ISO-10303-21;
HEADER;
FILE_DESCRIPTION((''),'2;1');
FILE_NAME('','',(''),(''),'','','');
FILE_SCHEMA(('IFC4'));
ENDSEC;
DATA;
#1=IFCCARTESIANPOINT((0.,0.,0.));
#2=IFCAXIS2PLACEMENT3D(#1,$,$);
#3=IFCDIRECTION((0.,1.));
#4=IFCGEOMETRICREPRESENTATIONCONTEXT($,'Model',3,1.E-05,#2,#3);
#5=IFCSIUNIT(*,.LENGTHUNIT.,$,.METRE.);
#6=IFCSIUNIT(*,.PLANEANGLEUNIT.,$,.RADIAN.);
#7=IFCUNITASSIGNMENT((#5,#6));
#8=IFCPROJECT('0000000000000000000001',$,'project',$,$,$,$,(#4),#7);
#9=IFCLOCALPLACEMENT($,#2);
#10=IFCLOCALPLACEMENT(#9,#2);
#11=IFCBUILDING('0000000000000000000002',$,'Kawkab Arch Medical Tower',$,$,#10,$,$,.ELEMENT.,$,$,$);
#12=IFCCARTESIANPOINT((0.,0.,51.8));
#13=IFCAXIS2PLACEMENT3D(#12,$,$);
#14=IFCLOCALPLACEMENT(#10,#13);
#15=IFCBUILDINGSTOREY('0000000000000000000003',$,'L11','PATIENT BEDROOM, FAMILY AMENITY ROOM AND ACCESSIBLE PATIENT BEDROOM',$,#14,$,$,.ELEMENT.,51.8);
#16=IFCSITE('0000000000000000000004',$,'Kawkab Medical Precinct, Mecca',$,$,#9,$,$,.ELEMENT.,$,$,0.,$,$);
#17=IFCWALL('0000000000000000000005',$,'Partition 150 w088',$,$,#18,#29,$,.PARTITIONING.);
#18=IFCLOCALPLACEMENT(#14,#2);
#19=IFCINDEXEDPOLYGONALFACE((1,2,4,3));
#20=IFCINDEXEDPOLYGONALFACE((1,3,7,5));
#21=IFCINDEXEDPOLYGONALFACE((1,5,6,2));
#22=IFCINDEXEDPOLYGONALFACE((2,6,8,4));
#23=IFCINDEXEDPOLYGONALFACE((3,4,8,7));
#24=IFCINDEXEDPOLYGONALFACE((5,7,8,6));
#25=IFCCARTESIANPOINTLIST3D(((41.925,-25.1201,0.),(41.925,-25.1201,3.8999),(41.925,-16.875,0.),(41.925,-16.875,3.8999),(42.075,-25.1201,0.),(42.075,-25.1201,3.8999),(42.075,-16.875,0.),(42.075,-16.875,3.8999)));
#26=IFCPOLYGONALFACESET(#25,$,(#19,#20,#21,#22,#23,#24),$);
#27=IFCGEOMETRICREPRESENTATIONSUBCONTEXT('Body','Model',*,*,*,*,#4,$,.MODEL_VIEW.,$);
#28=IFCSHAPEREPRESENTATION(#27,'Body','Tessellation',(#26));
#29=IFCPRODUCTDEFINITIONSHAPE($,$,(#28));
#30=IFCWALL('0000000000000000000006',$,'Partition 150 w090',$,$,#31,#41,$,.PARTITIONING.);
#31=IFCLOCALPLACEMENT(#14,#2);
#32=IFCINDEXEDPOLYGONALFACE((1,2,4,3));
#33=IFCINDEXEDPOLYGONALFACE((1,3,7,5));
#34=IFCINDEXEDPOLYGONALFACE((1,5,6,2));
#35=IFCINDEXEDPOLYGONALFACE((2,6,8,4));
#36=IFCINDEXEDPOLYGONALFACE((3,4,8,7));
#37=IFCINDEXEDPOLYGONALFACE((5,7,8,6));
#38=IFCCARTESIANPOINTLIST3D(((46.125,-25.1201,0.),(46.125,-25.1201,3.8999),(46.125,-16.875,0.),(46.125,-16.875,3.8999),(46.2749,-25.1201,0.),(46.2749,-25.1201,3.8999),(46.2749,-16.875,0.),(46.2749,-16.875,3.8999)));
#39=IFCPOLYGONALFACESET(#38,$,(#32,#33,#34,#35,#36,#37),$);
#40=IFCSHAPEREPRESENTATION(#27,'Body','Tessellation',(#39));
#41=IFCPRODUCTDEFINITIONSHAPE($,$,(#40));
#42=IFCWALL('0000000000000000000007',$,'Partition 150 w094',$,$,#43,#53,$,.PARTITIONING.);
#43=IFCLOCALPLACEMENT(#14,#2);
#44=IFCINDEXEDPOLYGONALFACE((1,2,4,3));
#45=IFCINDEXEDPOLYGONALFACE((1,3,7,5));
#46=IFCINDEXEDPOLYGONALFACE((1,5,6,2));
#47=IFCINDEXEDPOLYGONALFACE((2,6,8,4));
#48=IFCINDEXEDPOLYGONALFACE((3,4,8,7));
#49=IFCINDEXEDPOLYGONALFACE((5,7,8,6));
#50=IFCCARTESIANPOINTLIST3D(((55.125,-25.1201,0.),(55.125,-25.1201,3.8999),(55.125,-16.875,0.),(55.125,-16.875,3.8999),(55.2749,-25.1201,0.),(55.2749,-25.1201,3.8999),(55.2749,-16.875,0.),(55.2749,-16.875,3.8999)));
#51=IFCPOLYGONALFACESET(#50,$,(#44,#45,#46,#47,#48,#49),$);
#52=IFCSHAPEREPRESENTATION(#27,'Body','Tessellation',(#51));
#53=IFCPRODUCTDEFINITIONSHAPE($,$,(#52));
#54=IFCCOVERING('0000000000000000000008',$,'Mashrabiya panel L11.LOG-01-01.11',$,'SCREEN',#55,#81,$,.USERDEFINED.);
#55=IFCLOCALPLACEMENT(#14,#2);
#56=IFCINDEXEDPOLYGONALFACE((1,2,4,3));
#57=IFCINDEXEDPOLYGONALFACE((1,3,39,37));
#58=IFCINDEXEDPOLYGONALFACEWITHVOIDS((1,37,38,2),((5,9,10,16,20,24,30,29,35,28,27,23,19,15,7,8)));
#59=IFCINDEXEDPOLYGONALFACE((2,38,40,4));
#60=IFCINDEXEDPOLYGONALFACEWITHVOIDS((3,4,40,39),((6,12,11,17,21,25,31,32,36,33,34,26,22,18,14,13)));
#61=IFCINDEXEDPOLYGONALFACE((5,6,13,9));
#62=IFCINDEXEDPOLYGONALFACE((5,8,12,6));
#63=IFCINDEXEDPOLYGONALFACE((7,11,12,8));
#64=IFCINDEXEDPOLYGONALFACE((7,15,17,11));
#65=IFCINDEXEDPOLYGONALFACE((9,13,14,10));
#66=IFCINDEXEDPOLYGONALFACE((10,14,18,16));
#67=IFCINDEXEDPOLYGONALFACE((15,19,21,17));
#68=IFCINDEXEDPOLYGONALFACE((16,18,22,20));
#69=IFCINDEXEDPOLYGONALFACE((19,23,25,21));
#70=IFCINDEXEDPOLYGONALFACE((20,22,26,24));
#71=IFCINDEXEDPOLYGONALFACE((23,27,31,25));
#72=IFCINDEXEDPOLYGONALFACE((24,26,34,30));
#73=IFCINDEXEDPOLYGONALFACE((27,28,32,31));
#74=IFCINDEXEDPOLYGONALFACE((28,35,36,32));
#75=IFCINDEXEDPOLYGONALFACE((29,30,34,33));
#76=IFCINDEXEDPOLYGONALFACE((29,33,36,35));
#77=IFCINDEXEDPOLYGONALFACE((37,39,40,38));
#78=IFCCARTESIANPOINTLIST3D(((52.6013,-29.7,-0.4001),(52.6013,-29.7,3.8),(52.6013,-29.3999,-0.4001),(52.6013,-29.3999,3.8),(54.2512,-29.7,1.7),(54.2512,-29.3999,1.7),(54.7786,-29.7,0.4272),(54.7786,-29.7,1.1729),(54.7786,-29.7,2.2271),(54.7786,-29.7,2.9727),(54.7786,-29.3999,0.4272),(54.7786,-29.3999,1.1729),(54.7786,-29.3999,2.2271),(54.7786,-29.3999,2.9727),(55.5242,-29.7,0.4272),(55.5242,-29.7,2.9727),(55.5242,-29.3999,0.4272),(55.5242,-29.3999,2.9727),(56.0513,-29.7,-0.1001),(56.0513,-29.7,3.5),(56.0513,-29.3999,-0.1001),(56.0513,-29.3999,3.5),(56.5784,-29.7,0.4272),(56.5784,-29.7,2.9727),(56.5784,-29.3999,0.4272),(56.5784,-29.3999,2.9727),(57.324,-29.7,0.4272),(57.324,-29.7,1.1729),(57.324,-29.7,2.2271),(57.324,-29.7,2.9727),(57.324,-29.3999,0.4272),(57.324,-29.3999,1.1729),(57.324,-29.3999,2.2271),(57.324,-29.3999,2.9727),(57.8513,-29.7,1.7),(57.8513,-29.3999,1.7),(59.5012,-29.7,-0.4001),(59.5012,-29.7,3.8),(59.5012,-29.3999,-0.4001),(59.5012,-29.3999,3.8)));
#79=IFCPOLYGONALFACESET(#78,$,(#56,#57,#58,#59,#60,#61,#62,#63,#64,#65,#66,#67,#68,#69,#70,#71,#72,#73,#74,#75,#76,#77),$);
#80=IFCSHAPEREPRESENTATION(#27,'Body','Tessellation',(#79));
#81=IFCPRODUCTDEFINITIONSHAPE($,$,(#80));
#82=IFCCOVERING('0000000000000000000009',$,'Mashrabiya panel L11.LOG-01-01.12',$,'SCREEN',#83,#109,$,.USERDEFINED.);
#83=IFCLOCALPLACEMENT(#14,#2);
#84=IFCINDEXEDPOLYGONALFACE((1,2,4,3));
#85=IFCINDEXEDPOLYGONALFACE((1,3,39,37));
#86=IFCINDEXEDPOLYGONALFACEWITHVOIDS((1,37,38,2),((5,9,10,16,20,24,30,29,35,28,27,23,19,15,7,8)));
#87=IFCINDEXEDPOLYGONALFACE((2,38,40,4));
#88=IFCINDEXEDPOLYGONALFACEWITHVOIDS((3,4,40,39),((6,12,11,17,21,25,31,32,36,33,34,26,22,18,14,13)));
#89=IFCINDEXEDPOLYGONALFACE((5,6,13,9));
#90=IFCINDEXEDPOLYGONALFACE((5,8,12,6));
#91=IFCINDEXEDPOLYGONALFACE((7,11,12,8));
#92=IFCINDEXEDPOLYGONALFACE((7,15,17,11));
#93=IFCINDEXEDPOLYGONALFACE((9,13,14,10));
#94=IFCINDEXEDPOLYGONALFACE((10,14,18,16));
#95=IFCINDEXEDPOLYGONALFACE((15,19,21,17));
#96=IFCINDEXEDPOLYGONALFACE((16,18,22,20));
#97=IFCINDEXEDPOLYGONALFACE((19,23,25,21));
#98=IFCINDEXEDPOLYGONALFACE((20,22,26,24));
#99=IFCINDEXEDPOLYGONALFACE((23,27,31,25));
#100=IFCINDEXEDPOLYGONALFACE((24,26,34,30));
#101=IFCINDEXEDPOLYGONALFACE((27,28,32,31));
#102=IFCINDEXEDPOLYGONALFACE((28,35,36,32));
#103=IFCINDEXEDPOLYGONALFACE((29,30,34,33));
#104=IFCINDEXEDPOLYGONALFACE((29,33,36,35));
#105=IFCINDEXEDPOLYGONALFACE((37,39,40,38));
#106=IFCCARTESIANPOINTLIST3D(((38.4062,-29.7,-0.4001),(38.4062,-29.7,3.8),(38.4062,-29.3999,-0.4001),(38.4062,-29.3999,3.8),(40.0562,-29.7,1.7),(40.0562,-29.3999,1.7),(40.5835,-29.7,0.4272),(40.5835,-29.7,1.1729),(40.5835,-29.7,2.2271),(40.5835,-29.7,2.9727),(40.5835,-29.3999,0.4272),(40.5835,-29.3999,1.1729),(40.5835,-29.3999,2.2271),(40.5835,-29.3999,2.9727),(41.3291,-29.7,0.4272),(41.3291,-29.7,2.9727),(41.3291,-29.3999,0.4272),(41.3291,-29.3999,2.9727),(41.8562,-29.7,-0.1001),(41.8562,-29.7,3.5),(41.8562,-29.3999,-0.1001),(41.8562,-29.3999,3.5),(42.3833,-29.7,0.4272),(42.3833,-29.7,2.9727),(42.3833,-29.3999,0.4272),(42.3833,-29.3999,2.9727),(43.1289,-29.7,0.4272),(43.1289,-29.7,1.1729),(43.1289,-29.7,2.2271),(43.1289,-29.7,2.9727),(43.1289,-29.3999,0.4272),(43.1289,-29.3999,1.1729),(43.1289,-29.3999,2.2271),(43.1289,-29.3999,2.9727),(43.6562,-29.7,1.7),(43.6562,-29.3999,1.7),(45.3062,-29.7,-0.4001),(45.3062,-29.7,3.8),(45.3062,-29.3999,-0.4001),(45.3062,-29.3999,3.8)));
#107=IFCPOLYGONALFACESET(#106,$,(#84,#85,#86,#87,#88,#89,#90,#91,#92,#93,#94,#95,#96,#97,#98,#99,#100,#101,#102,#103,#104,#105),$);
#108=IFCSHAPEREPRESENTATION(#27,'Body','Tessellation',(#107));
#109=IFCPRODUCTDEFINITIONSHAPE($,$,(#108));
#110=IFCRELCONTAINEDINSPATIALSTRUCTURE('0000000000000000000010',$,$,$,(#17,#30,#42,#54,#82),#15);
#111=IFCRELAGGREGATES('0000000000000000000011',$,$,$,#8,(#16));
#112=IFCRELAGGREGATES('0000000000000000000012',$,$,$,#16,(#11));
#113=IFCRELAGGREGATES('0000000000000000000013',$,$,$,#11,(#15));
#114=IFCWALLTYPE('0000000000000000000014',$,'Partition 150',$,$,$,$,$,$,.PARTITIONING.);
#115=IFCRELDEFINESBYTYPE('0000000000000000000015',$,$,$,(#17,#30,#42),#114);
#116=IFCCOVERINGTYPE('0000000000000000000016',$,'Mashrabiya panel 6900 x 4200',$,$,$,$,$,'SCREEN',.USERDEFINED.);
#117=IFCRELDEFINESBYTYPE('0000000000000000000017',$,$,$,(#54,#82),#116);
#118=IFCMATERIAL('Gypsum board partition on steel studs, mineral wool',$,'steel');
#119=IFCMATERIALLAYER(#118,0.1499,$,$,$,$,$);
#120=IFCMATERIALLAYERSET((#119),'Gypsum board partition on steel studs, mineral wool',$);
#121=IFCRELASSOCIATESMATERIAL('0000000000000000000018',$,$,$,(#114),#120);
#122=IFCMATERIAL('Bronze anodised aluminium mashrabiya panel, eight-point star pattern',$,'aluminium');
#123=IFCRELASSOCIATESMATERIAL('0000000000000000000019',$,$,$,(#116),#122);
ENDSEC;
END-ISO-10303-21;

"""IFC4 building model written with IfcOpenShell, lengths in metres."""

from ifc_helpers import new_model, si_unit, direction, frame, frame_2d, origin, place, context, subcontext, project, spatial, polyline, rectangle, outline, extrude, material, layer, layer_set, material_profile, profile_set, type_object, element, save


model = new_model("IFC4")

# Units and contexts
model_context = context("Model", 3, precision=1e-05, world=origin(), true_north=direction((0.0, 1.0)))
body_context = subcontext(model_context, "Body", "Model", "MODEL_VIEW")
ifc_project = project(units=[si_unit("LENGTHUNIT", "METRE"), si_unit("PLANEANGLEUNIT", "RADIAN")], contexts=[model_context])

# Site, building, storey
site_placement = place(None, origin())
site = spatial("IfcSite", under=ifc_project, at=site_placement, Name="Kawkab Medical Precinct, Mecca", CompositionType="ELEMENT", RefElevation=0.0)
building_placement = place(site_placement, origin())
building = spatial("IfcBuilding", under=site, at=building_placement, Name="Kawkab Arch Medical Tower", CompositionType="ELEMENT")
storey_placement = place(building_placement, frame((0.0, 0.0, 51.8)))
storey = spatial("IfcBuildingStorey", under=building, at=storey_placement, Name="L11", Description="PATIENT BEDROOM, FAMILY AMENITY ROOM AND ACCESSIBLE PATIENT BEDROOM", CompositionType="ELEMENT", Elevation=51.8)

# Walls
ifc_material_1 = material(Name="Gypsum board partition on steel studs, mineral wool", Category="steel")
ifc_layer_1 = layer(ifc_material_1, 0.1499)
ifc_layer_set_1 = layer_set([ifc_layer_1], Name="Gypsum board partition on steel studs, mineral wool")
wall_type_1 = type_object("IfcWallType", Name="Partition 150", PredefinedType="PARTITIONING", material=ifc_layer_set_1)
for number, where, z_axis, x_axis, name in (
    (1, (42.0, -25.1201, 0.0), (0.0, 0.0, 1.0), (0.0, 1.0, 0.0), "Partition 150 w088"),
    (2, (46.2, -25.1201, 0.0), (0.0, 0.0, 1.0), (0.0, 1.0, 0.0), "Partition 150 w090"),
    (3, (55.2, -25.1201, 0.0), (0.0, 0.0, 1.0), (0.0, 1.0, 0.0), "Partition 150 w094"),
):
    element("IfcWall", number, at=place(storey_placement, frame(where, z_axis=z_axis, x_axis=x_axis)), inside=storey, type_object=wall_type_1, Name=name, PredefinedType="PARTITIONING", context=body_context, shape_type="SweptSolid", body=[
        extrude(rectangle(XDim=8.2451, YDim=0.1499, at=frame_2d((4.1226, 0.0))), origin(), (0.0, 0.0, 1.0), 3.8999),
    ])

# Coverings
ifc_material_2 = material(Name="Bronze anodised aluminium mashrabiya panel, eight-point star pattern", Category="aluminium")
ifc_material_profile_1 = material_profile(ifc_material_2, outline(polyline([(-3.45, -2.1001), (3.45, -2.1001), (3.45, 2.1001), (-3.45, 2.1001), (-3.45, -2.1001)]), holes=[polyline([(1.8, 0.0), (1.2727, 0.5271), (1.2727, 1.2727), (0.5271, 1.2727), (0.0, 1.8), (-0.5271, 1.2727), (-1.2727, 1.2727), (-1.2727, 0.5271), (-1.8, 0.0), (-1.2727, -0.5271), (-1.2727, -1.2727), (-0.5271, -1.2727), (0.0, -1.8), (0.5271, -1.2727), (1.2727, -1.2727), (1.2727, -0.5271), (1.8, 0.0)])]), Name="Mashrabiya panel 6900x4200")
ifc_profile_set_1 = profile_set([ifc_material_profile_1], Name="Bronze anodised aluminium mashrabiya panel, eight-point star pattern")
covering_type = type_object("IfcCoveringType", Name="Mashrabiya panel 6900 x 4200", ElementType="SCREEN", PredefinedType="USERDEFINED", material=ifc_profile_set_1)
for number, where, z_axis, x_axis, name in (
    (4, (56.0513, -29.3999, 1.7), (0.0, -1.0, 0.0), (1.0, 0.0, 0.0), "Mashrabiya panel L11.LOG-01-01.11"),
    (5, (41.8562, -29.3999, 1.7), (0.0, -1.0, 0.0), (1.0, 0.0, 0.0), "Mashrabiya panel L11.LOG-01-01.12"),
):
    element("IfcCovering", number, at=place(storey_placement, frame(where, z_axis=z_axis, x_axis=x_axis)), inside=storey, type_object=covering_type, Name=name, ObjectType="SCREEN", PredefinedType="USERDEFINED", context=body_context, shape_type="SweptSolid", body=[
        extrude(outline(polyline([(-3.45, -2.1001), (3.45, -2.1001), (3.45, 2.1001), (-3.45, 2.1001), (-3.45, -2.1001)]), holes=[polyline([(1.8, 0.0), (1.2727, 0.5271), (1.2727, 1.2727), (0.5271, 1.2727), (0.0, 1.8), (-0.5271, 1.2727), (-1.2727, 1.2727), (-1.2727, 0.5271), (-1.8, 0.0), (-1.2727, -0.5271), (-1.2727, -1.2727), (-0.5271, -1.2727), (0.0, -1.8), (0.5271, -1.2727), (1.2727, -1.2727), (1.2727, -0.5271), (1.8, 0.0)])]), origin(), (0.0, 0.0, 1.0), 0.3),
    ])

save(model, "model.ifc")
